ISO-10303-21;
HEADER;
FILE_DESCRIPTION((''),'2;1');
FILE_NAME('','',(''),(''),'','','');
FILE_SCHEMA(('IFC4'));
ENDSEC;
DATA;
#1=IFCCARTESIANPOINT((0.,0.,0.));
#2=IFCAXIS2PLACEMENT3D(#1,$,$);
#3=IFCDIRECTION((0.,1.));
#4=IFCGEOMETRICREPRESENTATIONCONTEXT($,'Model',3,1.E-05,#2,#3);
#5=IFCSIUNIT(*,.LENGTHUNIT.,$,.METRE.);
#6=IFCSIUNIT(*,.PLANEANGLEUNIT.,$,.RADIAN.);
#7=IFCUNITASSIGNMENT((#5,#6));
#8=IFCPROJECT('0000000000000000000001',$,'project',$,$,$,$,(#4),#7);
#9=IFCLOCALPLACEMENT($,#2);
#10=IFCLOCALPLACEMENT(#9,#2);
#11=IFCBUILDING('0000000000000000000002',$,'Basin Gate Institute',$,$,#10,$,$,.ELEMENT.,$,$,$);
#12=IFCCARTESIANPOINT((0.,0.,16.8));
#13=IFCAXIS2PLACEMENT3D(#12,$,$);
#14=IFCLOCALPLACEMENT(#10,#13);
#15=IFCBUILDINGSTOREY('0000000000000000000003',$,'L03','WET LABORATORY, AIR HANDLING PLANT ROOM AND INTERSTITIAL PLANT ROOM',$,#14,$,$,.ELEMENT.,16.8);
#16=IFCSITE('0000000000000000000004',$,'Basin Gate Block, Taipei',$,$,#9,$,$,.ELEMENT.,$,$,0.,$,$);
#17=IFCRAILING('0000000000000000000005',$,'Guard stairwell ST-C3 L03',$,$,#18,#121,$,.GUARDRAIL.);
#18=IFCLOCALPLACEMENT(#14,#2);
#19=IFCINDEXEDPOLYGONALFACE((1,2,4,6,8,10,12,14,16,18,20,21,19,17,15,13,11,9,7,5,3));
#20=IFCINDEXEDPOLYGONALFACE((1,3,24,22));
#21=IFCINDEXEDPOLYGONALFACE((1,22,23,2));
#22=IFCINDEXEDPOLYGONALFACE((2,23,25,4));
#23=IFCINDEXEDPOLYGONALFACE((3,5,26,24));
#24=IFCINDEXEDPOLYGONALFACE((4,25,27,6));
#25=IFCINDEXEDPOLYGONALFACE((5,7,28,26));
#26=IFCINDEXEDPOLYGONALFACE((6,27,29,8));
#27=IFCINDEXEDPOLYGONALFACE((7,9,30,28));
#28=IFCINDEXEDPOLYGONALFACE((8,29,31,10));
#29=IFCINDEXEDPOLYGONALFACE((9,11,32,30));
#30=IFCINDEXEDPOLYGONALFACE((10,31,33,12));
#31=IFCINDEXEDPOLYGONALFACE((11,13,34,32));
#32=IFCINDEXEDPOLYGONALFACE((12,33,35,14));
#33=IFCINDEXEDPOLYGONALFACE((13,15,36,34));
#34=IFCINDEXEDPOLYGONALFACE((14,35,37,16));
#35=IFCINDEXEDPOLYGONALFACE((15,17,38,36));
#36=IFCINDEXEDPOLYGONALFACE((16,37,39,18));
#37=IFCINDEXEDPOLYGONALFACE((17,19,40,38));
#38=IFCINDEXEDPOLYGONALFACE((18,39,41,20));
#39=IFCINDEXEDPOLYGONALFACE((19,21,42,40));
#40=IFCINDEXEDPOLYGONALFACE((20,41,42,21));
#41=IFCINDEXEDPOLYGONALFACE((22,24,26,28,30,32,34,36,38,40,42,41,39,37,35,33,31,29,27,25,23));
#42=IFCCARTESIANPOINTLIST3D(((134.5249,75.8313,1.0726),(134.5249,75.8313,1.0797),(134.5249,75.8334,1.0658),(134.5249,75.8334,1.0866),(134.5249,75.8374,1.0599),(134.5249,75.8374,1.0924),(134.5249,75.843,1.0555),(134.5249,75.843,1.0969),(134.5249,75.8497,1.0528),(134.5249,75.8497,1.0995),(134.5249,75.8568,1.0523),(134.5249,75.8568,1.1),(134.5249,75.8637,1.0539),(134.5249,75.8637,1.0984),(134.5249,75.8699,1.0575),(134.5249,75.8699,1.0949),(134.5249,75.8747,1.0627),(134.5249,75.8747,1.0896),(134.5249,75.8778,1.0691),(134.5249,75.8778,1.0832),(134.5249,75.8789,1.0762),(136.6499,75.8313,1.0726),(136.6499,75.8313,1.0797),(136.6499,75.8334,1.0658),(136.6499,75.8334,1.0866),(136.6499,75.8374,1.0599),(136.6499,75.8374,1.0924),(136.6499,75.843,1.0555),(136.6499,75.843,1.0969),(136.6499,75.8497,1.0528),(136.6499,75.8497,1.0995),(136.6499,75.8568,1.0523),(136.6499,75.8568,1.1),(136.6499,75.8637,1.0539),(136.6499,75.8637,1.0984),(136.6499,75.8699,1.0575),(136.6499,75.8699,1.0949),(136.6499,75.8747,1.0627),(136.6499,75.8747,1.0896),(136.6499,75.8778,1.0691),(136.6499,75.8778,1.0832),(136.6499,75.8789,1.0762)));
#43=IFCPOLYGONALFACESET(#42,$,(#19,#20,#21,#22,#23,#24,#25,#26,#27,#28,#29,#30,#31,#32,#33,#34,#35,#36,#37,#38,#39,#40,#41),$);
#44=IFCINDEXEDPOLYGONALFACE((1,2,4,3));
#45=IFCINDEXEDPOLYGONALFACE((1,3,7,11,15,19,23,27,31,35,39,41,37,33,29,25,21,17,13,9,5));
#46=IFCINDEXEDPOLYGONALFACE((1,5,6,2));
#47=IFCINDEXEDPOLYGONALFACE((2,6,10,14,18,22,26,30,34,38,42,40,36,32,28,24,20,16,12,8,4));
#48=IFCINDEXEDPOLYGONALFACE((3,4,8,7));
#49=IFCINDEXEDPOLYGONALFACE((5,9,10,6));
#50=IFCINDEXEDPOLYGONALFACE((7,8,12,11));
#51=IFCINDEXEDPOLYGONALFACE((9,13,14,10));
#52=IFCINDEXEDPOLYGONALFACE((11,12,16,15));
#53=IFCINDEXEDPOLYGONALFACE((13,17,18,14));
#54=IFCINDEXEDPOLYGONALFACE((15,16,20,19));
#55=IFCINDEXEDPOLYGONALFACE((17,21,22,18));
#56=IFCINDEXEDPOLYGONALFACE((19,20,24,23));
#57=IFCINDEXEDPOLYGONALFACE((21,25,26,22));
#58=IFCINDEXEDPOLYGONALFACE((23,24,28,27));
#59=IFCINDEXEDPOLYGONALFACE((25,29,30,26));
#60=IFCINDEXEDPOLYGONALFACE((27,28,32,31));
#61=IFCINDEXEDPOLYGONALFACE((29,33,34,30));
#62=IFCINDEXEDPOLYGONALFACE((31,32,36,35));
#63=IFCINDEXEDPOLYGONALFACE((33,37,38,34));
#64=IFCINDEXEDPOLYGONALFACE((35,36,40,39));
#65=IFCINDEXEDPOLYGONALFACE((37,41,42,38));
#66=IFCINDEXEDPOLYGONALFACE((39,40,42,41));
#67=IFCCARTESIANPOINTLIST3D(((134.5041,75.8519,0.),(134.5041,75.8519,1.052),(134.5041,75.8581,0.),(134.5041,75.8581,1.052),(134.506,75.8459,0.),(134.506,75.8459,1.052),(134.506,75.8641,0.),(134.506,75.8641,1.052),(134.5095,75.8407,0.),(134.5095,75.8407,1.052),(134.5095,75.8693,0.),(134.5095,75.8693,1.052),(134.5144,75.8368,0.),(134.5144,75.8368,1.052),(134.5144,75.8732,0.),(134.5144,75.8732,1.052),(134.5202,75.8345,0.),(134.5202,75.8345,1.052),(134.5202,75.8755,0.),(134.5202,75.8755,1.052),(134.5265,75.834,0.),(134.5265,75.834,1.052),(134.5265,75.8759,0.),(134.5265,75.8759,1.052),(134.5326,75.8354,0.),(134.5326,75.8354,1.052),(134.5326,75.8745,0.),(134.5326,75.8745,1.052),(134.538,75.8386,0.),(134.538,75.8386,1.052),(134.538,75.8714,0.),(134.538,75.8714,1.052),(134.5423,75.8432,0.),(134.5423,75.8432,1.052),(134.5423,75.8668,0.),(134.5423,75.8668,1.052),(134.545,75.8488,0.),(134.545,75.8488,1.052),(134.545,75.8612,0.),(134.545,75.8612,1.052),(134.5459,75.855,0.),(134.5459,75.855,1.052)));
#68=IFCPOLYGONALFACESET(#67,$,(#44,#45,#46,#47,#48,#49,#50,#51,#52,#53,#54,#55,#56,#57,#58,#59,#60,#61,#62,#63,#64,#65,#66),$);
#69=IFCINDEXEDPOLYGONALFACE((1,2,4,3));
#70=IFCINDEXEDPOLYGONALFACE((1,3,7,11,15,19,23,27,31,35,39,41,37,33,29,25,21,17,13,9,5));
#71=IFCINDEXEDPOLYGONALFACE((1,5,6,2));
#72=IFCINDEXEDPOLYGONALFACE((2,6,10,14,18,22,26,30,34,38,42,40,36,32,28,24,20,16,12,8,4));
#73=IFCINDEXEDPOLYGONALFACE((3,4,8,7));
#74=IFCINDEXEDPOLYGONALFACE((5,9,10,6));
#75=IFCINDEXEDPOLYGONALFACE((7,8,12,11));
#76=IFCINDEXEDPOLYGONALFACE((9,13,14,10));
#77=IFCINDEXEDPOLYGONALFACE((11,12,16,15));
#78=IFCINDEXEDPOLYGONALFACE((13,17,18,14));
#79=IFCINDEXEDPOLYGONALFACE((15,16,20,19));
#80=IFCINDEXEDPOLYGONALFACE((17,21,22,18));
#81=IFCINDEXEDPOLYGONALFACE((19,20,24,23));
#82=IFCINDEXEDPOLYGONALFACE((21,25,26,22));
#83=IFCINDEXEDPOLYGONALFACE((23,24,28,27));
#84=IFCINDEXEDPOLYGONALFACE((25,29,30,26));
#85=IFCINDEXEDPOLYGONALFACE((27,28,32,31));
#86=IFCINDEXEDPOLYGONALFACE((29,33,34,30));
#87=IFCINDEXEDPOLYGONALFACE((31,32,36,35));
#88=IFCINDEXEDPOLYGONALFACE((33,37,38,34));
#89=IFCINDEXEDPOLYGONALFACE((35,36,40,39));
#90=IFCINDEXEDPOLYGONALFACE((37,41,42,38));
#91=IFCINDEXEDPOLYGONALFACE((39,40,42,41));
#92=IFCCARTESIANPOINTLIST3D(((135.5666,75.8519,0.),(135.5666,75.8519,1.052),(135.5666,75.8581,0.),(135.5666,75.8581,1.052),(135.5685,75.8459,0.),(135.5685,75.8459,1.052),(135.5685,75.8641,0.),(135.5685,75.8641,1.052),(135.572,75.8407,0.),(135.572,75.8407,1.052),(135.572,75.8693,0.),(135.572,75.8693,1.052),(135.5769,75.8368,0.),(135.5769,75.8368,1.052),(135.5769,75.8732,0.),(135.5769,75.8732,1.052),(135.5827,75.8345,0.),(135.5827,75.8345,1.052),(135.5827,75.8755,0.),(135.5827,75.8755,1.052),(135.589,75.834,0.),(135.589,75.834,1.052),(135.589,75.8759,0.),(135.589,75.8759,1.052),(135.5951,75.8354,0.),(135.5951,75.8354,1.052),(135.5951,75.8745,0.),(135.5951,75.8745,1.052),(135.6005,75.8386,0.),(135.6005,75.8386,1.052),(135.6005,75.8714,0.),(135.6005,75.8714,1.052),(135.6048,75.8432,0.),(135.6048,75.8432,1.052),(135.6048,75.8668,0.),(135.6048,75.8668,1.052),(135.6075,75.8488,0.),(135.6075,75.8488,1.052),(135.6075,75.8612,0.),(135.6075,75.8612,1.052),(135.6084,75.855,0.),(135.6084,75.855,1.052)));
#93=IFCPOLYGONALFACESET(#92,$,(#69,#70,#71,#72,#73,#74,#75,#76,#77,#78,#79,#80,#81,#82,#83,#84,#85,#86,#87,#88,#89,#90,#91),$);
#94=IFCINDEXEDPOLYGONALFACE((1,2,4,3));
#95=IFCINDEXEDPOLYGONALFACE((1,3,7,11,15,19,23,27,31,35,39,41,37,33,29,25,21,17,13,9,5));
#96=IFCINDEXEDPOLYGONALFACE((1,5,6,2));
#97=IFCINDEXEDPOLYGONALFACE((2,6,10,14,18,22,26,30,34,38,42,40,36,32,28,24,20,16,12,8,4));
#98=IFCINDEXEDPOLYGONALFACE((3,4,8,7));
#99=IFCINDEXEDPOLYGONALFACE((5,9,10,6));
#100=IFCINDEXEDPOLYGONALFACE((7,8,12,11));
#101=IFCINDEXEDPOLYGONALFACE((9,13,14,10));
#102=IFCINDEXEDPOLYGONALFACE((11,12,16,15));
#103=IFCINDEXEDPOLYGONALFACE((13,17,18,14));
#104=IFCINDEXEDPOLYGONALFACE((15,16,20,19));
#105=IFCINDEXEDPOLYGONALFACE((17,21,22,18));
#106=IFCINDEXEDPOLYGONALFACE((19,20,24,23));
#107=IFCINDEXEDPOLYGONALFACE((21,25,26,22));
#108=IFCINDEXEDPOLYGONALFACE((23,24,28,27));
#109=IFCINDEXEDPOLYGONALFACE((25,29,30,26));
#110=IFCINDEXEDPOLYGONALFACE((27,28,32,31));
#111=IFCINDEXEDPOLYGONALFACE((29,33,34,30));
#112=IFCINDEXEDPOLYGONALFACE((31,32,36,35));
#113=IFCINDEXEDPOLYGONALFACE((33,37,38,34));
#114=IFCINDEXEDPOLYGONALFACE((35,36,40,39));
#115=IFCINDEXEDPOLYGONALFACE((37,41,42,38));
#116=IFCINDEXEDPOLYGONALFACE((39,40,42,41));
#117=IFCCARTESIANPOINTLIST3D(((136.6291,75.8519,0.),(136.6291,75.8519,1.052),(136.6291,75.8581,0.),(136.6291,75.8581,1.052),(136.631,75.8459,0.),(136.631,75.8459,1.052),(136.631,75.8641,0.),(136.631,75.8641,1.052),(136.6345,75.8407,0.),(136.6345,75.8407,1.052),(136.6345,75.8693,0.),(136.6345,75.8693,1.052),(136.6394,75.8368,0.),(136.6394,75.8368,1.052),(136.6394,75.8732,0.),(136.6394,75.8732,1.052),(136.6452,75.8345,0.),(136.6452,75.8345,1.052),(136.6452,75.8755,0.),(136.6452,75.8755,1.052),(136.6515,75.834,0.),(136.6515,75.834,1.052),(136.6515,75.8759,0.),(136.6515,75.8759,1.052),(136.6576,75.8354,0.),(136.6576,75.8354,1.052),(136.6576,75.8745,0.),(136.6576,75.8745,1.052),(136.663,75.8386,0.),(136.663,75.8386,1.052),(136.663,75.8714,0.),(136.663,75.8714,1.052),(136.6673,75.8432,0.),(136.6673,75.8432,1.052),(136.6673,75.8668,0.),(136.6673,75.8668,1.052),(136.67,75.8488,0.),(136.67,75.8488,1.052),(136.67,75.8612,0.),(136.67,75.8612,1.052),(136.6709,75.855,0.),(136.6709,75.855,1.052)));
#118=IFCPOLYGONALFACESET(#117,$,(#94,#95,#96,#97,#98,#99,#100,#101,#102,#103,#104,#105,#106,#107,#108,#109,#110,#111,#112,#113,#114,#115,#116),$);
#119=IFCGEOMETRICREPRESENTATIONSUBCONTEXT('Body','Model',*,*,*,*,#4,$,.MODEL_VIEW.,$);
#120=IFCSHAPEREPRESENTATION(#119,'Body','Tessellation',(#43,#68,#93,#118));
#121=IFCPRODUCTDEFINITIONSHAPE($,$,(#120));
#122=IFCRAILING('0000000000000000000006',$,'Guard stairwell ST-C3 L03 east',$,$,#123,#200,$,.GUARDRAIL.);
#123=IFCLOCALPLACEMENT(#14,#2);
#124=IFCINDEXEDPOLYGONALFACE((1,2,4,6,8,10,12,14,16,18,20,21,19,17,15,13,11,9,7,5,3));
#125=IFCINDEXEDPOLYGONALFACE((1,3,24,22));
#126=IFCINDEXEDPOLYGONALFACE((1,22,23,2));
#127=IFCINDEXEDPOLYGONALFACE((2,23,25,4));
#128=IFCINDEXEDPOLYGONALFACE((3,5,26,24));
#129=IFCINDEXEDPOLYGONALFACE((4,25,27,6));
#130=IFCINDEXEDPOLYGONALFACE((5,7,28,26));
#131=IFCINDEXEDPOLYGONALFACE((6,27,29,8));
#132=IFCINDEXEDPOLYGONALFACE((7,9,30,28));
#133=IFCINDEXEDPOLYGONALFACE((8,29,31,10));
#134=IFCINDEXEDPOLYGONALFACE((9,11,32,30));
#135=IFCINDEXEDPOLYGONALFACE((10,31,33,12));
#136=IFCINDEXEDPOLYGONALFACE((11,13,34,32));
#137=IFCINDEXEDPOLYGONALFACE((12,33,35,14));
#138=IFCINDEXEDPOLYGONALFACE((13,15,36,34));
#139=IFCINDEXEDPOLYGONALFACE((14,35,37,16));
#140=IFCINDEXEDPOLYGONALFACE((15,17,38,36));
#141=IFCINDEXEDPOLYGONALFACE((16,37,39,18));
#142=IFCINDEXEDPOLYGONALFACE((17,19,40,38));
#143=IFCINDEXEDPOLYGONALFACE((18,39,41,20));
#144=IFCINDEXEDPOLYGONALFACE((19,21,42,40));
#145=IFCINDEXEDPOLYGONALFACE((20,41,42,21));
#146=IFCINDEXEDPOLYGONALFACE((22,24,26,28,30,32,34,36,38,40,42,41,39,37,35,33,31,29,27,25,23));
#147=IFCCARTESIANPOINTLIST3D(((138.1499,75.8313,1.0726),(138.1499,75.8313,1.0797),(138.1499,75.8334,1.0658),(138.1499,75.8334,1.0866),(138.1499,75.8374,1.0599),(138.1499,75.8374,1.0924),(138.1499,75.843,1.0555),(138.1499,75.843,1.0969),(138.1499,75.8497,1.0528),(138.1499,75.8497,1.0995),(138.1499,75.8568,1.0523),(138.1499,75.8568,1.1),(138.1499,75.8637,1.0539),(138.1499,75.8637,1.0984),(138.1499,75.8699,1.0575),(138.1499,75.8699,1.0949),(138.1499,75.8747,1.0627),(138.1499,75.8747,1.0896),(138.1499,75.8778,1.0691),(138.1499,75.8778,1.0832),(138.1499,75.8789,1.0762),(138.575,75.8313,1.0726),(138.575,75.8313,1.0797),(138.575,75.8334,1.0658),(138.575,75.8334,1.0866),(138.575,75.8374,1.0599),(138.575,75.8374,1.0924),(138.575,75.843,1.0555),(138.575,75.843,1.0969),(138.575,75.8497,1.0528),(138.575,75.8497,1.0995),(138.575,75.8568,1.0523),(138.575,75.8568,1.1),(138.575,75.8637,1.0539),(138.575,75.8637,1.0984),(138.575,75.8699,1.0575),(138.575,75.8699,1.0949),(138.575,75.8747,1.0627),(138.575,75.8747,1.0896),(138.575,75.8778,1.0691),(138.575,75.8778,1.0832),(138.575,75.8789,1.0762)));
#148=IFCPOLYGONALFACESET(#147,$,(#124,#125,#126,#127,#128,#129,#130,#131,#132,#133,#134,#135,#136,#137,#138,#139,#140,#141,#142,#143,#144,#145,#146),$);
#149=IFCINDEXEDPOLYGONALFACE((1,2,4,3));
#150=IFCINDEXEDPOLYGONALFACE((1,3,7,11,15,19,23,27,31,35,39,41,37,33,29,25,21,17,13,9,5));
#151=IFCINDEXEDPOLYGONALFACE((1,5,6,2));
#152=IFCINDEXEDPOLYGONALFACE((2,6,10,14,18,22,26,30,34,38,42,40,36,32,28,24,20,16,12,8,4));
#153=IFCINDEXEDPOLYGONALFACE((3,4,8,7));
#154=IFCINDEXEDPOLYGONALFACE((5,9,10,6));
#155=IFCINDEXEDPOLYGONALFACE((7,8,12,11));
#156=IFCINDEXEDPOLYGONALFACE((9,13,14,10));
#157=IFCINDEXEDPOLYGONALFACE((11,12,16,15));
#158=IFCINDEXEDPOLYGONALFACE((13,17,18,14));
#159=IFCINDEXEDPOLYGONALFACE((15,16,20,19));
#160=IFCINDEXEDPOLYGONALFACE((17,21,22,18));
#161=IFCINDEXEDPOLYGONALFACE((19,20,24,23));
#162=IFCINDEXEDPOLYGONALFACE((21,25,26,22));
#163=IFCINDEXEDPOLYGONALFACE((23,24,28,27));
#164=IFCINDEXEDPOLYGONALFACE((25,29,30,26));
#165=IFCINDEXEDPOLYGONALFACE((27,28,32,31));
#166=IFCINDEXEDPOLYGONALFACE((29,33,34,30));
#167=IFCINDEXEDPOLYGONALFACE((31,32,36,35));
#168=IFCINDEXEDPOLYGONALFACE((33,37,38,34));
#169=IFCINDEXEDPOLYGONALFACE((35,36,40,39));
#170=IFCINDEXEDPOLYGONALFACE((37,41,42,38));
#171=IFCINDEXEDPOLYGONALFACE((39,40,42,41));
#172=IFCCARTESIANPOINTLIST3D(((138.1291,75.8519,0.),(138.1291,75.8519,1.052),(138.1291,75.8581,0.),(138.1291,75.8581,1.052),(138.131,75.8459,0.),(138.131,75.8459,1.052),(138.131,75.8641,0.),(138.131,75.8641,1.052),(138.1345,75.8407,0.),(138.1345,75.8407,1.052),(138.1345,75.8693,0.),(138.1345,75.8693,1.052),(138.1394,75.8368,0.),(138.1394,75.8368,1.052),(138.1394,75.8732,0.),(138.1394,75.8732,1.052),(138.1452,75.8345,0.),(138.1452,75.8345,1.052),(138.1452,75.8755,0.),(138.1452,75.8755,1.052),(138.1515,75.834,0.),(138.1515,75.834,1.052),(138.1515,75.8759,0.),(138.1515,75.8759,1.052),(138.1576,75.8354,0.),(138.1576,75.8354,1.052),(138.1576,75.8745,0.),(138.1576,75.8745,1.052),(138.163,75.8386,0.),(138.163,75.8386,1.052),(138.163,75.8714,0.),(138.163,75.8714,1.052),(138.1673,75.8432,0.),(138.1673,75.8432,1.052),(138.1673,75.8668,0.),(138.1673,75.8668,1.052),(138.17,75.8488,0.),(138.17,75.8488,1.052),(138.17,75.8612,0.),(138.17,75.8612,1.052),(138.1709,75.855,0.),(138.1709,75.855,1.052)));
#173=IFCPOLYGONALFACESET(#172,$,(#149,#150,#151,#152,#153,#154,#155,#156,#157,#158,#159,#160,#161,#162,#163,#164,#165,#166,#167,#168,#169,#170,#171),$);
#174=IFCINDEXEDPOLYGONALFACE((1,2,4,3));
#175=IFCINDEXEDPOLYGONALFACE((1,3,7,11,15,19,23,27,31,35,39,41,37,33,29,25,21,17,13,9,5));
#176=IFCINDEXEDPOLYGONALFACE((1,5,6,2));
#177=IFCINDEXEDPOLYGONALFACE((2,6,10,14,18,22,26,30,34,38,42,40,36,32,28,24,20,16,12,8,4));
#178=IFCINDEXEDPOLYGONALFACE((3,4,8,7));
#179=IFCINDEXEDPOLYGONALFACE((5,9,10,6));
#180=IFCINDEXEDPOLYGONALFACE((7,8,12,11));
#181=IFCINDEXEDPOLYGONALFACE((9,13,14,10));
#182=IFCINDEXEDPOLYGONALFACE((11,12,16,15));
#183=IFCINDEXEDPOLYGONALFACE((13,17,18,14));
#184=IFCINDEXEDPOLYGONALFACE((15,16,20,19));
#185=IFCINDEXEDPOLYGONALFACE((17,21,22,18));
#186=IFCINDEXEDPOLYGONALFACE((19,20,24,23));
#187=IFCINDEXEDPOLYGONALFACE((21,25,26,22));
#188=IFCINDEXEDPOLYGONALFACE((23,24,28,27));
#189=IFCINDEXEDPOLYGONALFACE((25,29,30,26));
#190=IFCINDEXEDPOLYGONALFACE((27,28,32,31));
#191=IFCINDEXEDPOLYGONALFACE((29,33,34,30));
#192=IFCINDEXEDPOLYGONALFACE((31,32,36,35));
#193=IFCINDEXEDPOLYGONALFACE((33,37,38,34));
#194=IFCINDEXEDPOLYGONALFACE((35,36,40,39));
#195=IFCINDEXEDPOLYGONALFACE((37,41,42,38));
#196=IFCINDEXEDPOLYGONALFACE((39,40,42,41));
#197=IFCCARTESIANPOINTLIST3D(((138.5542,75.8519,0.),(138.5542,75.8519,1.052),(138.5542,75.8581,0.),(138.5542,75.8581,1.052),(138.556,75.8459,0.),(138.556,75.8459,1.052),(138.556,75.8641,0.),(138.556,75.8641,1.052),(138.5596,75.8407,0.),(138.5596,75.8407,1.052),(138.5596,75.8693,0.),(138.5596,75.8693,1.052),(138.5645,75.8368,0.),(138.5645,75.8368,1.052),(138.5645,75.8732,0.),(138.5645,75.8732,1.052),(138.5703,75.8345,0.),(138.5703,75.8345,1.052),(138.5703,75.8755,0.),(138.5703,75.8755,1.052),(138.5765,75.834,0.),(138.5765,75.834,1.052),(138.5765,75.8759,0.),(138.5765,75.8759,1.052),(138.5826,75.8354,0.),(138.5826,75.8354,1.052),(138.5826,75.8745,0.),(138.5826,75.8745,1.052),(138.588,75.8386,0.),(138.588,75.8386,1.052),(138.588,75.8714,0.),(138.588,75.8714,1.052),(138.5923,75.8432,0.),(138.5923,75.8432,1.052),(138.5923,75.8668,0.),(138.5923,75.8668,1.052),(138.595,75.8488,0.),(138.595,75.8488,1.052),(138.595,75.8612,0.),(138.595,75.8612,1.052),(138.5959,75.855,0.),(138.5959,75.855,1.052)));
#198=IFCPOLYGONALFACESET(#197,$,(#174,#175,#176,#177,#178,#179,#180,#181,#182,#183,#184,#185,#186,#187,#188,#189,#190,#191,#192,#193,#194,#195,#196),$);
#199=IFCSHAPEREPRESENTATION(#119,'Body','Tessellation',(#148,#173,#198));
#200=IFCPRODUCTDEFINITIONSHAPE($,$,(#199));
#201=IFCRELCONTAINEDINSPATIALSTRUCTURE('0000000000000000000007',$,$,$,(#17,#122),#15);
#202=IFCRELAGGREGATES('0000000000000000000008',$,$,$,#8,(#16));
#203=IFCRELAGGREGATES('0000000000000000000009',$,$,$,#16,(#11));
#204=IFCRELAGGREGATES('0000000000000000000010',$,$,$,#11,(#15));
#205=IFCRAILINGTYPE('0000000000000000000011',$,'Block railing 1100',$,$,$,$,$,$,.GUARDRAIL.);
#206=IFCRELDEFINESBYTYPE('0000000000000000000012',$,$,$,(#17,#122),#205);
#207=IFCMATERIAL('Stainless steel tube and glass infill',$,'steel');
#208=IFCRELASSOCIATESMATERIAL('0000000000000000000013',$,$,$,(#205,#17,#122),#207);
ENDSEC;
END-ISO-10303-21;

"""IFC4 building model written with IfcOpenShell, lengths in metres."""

from ifc_helpers import new_model, si_unit, direction, frame, origin, origin_2d, place, context, subcontext, project, spatial, circle, extrude, material, type_object, element, save


model = new_model("IFC4")

# Units and contexts
model_context = context("Model", 3, precision=1e-05, world=origin(), true_north=direction((0.0, 1.0)))
body_context = subcontext(model_context, "Body", "Model", "MODEL_VIEW")
ifc_project = project(units=[si_unit("LENGTHUNIT", "METRE"), si_unit("PLANEANGLEUNIT", "RADIAN")], contexts=[model_context])

# Site, building, storey
site_placement = place(None, origin())
site = spatial("IfcSite", under=ifc_project, at=site_placement, Name="Basin Gate Block, Taipei", CompositionType="ELEMENT", RefElevation=0.0)
building_placement = place(site_placement, origin())
building = spatial("IfcBuilding", under=site, at=building_placement, Name="Basin Gate Institute", CompositionType="ELEMENT")
storey_placement = place(building_placement, frame((0.0, 0.0, 16.8)))
storey = spatial("IfcBuildingStorey", under=building, at=storey_placement, Name="L03", Description="WET LABORATORY, AIR HANDLING PLANT ROOM AND INTERSTITIAL PLANT ROOM", CompositionType="ELEMENT", Elevation=16.8)

# Railings
ifc_material_1 = material(Name="Stainless steel tube and glass infill", Category="steel")
railing_type_1 = type_object("IfcRailingType", Name="Block railing 1100", PredefinedType="GUARDRAIL", material=ifc_material_1)
railing_placement = place(storey_placement, frame((134.5249, 75.855, 0.0)))
element("IfcRailing", 1, at=railing_placement, inside=storey, type_object=railing_type_1, material=ifc_material_1, Name="Guard stairwell ST-C3 L03", PredefinedType="GUARDRAIL", context=body_context, shape_type="SweptSolid", body=[
    extrude(circle(Radius=0.0239, at=origin_2d()), frame((0.0, 0.0, 1.0762), z_axis=(1.0, 0.0, 0.0), x_axis=(0.0, 1.0, 0.0)), (0.0, 0.0, 1.0), 2.125),
    extrude(circle(Radius=0.021, at=origin_2d()), origin(), (0.0, 0.0, 1.0), 1.052),
    extrude(circle(Radius=0.021, at=origin_2d()), frame((1.0625, 0.0, 0.0)), (0.0, 0.0, 1.0), 1.052),
    extrude(circle(Radius=0.021, at=origin_2d()), frame((2.125, 0.0, 0.0)), (0.0, 0.0, 1.0), 1.052),
])
for number, where, name in (
    (2, (138.1499, 75.855, 0.0), "Guard stairwell ST-C3 L03 east"),
):
    element("IfcRailing", number, at=place(storey_placement, frame(where)), inside=storey, type_object=railing_type_1, material=ifc_material_1, Name=name, PredefinedType="GUARDRAIL", context=body_context, shape_type="SweptSolid", body=[
        extrude(circle(Radius=0.0239, at=origin_2d()), frame((0.0, 0.0, 1.0762), z_axis=(1.0, 0.0, 0.0), x_axis=(0.0, 1.0, 0.0)), (0.0, 0.0, 1.0), 0.425),
        extrude(circle(Radius=0.021, at=origin_2d()), origin(), (0.0, 0.0, 1.0), 1.052),
        extrude(circle(Radius=0.021, at=origin_2d()), frame((0.425, 0.0, 0.0)), (0.0, 0.0, 1.0), 1.052),
    ])

save(model, "model.ifc")
